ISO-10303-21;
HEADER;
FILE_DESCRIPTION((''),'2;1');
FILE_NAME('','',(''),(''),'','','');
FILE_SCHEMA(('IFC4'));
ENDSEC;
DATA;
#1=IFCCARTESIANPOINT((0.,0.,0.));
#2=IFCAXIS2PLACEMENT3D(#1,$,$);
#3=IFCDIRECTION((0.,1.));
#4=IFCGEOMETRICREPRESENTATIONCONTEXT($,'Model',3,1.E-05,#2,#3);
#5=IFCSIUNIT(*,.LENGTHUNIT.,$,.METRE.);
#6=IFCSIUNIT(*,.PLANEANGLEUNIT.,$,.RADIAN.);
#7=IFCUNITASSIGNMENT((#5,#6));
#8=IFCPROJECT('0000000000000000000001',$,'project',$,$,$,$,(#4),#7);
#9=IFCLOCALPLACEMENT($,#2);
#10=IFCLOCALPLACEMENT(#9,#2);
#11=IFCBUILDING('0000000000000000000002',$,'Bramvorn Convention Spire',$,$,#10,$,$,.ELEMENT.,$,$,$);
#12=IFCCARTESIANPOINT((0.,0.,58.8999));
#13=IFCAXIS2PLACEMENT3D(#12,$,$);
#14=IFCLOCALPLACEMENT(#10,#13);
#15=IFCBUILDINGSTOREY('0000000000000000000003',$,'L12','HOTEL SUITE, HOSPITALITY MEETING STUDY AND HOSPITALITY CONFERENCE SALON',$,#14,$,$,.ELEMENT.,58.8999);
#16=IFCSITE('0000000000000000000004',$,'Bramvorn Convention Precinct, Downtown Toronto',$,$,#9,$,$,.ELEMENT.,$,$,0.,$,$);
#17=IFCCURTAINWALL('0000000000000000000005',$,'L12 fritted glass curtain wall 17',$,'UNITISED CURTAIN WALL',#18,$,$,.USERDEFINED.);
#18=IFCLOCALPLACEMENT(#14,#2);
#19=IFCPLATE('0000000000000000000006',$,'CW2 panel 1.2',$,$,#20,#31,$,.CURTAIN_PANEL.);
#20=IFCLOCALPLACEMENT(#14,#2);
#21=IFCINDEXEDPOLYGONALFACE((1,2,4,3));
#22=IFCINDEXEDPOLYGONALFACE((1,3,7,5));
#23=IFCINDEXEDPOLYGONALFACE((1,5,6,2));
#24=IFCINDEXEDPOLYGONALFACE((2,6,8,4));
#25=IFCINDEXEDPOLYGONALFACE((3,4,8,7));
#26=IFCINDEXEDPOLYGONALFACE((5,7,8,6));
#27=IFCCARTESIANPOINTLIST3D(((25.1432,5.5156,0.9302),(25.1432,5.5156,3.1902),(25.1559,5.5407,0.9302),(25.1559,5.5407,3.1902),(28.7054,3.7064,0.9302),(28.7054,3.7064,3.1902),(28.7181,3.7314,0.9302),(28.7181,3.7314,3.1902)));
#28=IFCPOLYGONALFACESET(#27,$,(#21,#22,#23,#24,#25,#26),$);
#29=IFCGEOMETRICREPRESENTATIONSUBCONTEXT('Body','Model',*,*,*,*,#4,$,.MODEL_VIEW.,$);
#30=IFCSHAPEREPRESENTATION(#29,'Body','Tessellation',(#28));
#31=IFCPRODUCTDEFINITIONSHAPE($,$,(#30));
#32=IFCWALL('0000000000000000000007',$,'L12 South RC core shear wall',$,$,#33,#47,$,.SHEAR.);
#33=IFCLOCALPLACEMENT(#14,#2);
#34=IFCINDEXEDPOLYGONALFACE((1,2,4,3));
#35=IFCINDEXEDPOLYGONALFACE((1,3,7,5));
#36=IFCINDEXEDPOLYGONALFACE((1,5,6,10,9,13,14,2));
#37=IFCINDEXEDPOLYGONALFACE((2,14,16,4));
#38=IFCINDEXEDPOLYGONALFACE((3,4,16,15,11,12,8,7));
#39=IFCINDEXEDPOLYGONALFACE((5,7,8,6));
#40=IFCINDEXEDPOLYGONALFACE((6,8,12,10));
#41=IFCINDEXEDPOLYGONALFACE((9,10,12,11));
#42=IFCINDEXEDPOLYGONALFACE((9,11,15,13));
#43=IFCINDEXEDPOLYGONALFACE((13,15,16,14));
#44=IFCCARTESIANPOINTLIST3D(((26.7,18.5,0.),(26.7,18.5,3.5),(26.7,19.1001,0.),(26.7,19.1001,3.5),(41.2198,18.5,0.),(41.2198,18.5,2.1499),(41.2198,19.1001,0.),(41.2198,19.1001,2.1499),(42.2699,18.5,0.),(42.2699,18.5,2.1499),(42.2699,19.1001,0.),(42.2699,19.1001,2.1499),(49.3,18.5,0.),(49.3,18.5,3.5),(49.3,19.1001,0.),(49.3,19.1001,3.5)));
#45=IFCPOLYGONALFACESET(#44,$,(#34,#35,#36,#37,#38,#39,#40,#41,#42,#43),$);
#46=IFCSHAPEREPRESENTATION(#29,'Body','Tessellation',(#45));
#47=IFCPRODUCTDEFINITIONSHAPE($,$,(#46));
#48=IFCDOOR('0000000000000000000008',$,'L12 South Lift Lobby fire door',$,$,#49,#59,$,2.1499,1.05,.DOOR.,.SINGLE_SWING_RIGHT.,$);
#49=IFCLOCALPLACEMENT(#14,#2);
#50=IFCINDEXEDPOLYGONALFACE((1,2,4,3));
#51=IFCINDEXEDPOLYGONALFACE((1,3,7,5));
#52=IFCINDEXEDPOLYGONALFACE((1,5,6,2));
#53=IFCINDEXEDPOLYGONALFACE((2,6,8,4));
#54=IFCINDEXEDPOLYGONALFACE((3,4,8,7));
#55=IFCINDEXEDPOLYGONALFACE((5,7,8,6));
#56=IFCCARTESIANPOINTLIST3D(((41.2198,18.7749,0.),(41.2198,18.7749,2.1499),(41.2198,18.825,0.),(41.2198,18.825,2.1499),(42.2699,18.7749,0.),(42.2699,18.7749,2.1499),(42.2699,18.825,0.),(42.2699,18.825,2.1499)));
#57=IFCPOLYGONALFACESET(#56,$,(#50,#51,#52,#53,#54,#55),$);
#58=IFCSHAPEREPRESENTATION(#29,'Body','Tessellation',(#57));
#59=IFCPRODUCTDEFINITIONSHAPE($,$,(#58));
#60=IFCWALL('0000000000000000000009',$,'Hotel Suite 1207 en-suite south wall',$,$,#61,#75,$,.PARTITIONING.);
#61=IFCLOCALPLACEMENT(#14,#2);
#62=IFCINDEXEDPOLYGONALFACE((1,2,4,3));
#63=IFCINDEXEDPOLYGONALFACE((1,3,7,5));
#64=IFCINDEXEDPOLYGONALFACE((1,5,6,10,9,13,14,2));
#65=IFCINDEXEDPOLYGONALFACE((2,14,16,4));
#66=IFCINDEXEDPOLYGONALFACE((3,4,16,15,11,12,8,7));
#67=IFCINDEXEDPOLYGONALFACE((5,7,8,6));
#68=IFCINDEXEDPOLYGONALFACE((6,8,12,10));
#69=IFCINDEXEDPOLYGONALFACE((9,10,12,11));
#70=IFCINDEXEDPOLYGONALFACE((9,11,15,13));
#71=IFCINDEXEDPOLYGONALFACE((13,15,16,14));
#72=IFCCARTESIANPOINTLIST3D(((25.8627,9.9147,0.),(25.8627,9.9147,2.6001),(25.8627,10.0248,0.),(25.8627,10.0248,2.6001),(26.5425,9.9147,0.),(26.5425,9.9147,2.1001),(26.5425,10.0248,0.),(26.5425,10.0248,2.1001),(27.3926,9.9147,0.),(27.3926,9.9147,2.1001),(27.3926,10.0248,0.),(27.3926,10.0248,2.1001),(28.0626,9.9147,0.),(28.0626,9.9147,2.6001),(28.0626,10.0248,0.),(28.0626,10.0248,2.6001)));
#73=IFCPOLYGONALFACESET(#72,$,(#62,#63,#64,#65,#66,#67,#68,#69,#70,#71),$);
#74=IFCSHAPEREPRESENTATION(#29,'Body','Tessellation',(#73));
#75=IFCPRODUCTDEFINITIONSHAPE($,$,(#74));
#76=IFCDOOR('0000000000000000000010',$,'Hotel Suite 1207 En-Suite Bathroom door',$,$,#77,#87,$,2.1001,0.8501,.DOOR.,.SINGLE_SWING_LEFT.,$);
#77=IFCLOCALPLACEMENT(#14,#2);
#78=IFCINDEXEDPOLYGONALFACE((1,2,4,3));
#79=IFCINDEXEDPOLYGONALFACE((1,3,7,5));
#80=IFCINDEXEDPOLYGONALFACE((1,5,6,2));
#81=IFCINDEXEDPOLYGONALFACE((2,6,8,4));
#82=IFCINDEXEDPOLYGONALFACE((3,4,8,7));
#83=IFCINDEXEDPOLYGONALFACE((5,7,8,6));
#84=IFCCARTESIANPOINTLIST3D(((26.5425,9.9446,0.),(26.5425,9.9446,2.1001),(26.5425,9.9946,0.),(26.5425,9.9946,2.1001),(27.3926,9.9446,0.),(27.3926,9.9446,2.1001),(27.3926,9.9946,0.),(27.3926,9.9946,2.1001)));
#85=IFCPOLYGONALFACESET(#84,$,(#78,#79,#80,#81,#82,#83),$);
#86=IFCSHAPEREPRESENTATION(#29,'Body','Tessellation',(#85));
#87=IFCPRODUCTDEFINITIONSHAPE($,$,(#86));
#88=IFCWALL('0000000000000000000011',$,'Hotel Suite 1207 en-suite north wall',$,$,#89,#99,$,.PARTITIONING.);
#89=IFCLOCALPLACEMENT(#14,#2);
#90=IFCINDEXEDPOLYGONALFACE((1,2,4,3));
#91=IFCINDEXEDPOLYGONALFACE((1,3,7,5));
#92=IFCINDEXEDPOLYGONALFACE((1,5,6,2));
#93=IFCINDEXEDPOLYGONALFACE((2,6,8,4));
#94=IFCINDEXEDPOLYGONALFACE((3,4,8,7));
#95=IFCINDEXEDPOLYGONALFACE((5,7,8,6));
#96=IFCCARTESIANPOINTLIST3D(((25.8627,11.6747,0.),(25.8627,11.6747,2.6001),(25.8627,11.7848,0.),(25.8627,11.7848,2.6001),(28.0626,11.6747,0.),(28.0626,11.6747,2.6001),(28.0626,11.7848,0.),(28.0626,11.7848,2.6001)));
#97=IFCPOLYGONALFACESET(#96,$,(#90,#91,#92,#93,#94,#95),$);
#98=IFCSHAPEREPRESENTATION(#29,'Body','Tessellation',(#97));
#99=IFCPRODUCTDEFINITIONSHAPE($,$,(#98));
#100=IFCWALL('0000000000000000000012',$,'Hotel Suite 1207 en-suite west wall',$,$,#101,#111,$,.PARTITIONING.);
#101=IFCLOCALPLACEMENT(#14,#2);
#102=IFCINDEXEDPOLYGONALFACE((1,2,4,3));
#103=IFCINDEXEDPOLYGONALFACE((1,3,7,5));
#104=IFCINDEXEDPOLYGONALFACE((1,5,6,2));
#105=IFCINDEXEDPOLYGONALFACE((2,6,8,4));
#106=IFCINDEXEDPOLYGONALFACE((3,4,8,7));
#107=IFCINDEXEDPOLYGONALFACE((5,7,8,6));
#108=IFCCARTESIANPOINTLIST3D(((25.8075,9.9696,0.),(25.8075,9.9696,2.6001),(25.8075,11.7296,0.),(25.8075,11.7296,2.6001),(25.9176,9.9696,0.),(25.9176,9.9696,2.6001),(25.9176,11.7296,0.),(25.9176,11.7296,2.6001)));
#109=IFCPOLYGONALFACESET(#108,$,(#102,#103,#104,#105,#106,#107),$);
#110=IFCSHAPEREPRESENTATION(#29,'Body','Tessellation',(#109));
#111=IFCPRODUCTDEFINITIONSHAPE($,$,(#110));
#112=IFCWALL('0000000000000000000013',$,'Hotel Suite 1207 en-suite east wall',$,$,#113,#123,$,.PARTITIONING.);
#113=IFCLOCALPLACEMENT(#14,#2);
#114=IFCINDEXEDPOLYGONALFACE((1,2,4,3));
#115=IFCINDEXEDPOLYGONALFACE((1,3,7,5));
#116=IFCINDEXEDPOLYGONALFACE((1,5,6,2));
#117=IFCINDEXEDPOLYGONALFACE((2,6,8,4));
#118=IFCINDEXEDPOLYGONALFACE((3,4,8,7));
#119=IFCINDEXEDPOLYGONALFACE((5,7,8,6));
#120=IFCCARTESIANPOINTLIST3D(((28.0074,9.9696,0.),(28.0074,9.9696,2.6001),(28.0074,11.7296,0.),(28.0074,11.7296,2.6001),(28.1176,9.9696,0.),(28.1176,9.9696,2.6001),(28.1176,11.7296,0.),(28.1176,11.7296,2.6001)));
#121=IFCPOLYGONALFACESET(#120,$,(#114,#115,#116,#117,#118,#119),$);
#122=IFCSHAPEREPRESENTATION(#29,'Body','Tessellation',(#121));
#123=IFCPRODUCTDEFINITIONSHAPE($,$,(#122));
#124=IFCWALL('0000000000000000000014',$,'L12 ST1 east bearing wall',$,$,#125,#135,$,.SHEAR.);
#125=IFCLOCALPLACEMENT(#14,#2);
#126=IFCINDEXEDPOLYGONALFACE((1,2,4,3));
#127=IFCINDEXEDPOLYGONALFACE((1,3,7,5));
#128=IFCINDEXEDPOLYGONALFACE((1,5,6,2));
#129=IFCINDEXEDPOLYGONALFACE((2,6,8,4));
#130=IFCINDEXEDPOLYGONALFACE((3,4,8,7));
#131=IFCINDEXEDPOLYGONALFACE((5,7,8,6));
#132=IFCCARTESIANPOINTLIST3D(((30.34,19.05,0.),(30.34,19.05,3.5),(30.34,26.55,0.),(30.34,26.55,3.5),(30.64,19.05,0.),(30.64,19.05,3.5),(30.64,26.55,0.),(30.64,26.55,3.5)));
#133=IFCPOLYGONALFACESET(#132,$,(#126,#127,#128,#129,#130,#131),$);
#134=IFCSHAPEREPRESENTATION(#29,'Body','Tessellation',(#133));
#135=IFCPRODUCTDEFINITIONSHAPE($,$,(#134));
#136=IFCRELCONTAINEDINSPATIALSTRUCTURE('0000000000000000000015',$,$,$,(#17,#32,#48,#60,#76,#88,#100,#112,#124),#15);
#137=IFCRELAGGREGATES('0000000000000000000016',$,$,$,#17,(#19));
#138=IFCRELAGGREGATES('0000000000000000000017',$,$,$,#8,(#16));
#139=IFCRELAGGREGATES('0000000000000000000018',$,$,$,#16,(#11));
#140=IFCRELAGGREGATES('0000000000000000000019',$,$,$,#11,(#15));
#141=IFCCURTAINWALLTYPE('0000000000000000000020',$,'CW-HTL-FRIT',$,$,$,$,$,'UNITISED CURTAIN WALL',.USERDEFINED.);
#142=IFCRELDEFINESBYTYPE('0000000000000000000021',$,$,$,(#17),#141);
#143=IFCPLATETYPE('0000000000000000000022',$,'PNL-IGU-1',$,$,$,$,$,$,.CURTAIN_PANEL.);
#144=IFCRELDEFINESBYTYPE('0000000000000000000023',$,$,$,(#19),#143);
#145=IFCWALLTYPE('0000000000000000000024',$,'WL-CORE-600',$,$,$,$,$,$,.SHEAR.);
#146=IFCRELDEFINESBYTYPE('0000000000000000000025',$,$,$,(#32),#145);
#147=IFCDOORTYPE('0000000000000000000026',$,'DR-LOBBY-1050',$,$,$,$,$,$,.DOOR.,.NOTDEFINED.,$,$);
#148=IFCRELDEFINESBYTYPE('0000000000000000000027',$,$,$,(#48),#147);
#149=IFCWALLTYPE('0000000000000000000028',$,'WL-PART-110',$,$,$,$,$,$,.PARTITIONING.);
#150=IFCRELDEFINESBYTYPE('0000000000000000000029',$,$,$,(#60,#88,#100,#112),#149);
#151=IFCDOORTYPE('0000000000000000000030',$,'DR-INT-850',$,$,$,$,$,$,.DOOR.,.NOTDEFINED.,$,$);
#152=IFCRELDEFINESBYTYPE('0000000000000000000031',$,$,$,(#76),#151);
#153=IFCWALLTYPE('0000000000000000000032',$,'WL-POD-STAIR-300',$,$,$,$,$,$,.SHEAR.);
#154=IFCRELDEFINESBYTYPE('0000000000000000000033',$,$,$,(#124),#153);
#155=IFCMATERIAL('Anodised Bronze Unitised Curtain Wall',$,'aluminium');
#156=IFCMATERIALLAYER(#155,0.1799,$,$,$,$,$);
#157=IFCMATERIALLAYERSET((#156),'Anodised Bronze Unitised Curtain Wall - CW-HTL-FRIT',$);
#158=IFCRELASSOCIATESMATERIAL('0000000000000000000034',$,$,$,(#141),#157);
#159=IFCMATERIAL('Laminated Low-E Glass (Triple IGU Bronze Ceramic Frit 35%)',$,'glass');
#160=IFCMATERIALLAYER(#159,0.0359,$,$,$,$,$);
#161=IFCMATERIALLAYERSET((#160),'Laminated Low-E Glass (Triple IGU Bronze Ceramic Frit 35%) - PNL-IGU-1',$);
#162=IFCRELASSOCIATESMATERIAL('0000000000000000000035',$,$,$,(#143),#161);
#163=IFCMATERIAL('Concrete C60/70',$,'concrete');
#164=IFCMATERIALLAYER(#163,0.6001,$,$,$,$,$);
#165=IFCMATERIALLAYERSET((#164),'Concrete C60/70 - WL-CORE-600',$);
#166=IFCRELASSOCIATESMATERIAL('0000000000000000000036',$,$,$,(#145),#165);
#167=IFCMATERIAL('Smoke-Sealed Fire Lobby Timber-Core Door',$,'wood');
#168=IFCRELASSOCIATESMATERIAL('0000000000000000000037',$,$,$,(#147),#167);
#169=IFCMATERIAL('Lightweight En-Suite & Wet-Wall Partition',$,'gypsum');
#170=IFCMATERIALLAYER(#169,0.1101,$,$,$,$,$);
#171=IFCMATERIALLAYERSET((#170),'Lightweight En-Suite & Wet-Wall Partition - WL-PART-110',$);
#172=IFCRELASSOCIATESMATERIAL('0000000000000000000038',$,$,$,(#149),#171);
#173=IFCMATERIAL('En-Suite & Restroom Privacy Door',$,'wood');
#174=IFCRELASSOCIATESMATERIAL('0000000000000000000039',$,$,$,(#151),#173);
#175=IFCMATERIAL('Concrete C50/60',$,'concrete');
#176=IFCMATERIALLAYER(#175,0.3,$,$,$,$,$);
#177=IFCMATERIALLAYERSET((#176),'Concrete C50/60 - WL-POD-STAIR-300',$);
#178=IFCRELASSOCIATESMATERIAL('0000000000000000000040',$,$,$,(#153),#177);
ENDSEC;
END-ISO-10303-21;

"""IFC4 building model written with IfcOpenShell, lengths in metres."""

from ifc_helpers import new_model, si_unit, direction, frame, frame_2d, origin, origin_2d, place, context, subcontext, project, spatial, rectangle, extrude, material, layer, layer_set, type_object, element, fill, aggregate, save


model = new_model("IFC4")

# Units and contexts
model_context = context("Model", 3, precision=1e-05, world=origin(), true_north=direction((0.0, 1.0)))
body_context = subcontext(model_context, "Body", "Model", "MODEL_VIEW")
ifc_project = project(units=[si_unit("LENGTHUNIT", "METRE"), si_unit("PLANEANGLEUNIT", "RADIAN")], contexts=[model_context])

# Site, building, storey
site_placement = place(None, origin())
site = spatial("IfcSite", under=ifc_project, at=site_placement, Name="Bramvorn Convention Precinct, Downtown Toronto", CompositionType="ELEMENT", RefElevation=0.0)
building_placement = place(site_placement, origin())
building = spatial("IfcBuilding", under=site, at=building_placement, Name="Bramvorn Convention Spire", CompositionType="ELEMENT")
storey_placement = place(building_placement, frame((0.0, 0.0, 58.8999)))
storey = spatial("IfcBuildingStorey", under=building, at=storey_placement, Name="L12", Description="HOTEL SUITE, HOSPITALITY MEETING STUDY AND HOSPITALITY CONFERENCE SALON", CompositionType="ELEMENT", Elevation=58.8999)

# Curtain wall, plate
ifc_material_1 = material(Name="Anodised Bronze Unitised Curtain Wall", Category="aluminium")
ifc_layer_1 = layer(ifc_material_1, 0.1799)
ifc_layer_set_1 = layer_set([ifc_layer_1], Name="Anodised Bronze Unitised Curtain Wall - CW-HTL-FRIT")
curtain_wall_type = type_object("IfcCurtainWallType", Name="CW-HTL-FRIT", ElementType="UNITISED CURTAIN WALL", PredefinedType="USERDEFINED", material=ifc_layer_set_1)
curtain_wall_placement = place(storey_placement, origin())
curtain_wall = element("IfcCurtainWall", 1, at=curtain_wall_placement, inside=storey, type_object=curtain_wall_type, Name="L12 fritted glass curtain wall 17", ObjectType="UNITISED CURTAIN WALL", PredefinedType="USERDEFINED")
ifc_material_2 = material(Name="Laminated Low-E Glass (Triple IGU Bronze Ceramic Frit 35%)", Category="glass")
ifc_layer_2 = layer(ifc_material_2, 0.0359)
ifc_layer_set_2 = layer_set([ifc_layer_2], Name="Laminated Low-E Glass (Triple IGU Bronze Ceramic Frit 35%) - PNL-IGU-1")
plate_type = type_object("IfcPlateType", Name="PNL-IGU-1", PredefinedType="CURTAIN_PANEL", material=ifc_layer_set_2)
plate_1_placement = place(storey_placement, frame((26.9307, 4.6235, 0.9302), z_axis=(0.0, 0.0, 1.0), x_axis=(-0.891595, 0.452835, 0.0)))
plate_1 = element("IfcPlate", 2, at=plate_1_placement, type_object=plate_type, Name="CW2 panel 1.2", PredefinedType="CURTAIN_PANEL", context=body_context, shape_type="SweptSolid", body=[
    extrude(rectangle(XDim=3.9954, YDim=0.0281, at=origin_2d()), origin(), (0.0, 0.0, 1.0), 2.26),
])
aggregate(curtain_wall, [plate_1])

# Walls, openings, doors
ifc_material_3 = material(Name="Concrete C60/70", Category="concrete")
ifc_layer_3 = layer(ifc_material_3, 0.6001)
ifc_layer_set_3 = layer_set([ifc_layer_3], Name="Concrete C60/70 - WL-CORE-600")
wall_type_1 = type_object("IfcWallType", Name="WL-CORE-600", PredefinedType="SHEAR", material=ifc_layer_set_3)
wall_1_placement = place(storey_placement, frame((26.7, 18.8, 0.0), z_axis=(0.0, 0.0, 1.0), x_axis=(1.0, 0.0, 0.0)))
wall_1 = element("IfcWall", 3, at=wall_1_placement, inside=storey, type_object=wall_type_1, Name="L12 South RC core shear wall", PredefinedType="SHEAR", context=body_context, shape_type="SweptSolid", body=[
    extrude(rectangle(XDim=22.6001, YDim=0.6001, at=frame_2d((11.3, 0.0))), origin(), (0.0, 0.0, 1.0), 3.5),
])
opening_1_placement = place(wall_1_placement, frame((14.52, 0.0, 0.0)))
opening_1 = element("IfcOpeningElement", 4, at=opening_1_placement, cuts=wall_1, PredefinedType="OPENING", context=body_context, shape_type="SweptSolid", body=[
    extrude(rectangle(XDim=1.05, YDim=2.1499, at=frame_2d((0.5249, 1.075))), frame((0.0, 0.3101, 0.0), z_axis=(0.0, -1.0, 0.0), x_axis=(1.0, 0.0, 0.0)), (0.0, 0.0, 1.0), 0.6201),
])
ifc_material_4 = material(Name="Smoke-Sealed Fire Lobby Timber-Core Door", Category="wood")
door_type_1 = type_object("IfcDoorType", Name="DR-LOBBY-1050", OperationType="NOTDEFINED", PredefinedType="DOOR", material=ifc_material_4)
door_1_placement = place(opening_1_placement, origin())
door_1 = element("IfcDoor", 5, at=door_1_placement, inside=storey, type_object=door_type_1, Name="L12 South Lift Lobby fire door", OperationType="SINGLE_SWING_RIGHT", OverallHeight=2.1499, OverallWidth=1.05, PredefinedType="DOOR", context=body_context, shape_type="SweptSolid", body=[
    extrude(rectangle(XDim=1.05, YDim=2.1499, at=frame_2d((0.5249, 1.075))), frame((0.0, 0.0249, 0.0), z_axis=(0.0, -1.0, 0.0), x_axis=(1.0, 0.0, 0.0)), (0.0, 0.0, 1.0), 0.05),
])
fill(opening_1, door_1)
ifc_material_5 = material(Name="Lightweight En-Suite & Wet-Wall Partition", Category="gypsum")
ifc_layer_4 = layer(ifc_material_5, 0.1101)
ifc_layer_set_4 = layer_set([ifc_layer_4], Name="Lightweight En-Suite & Wet-Wall Partition - WL-PART-110")
wall_type_2 = type_object("IfcWallType", Name="WL-PART-110", PredefinedType="PARTITIONING", material=ifc_layer_set_4)
wall_2_placement = place(storey_placement, frame((25.8625, 9.9697, 0.0), z_axis=(0.0, 0.0, 1.0), x_axis=(1.0, 0.0, 0.0)))
wall_2 = element("IfcWall", 6, at=wall_2_placement, inside=storey, type_object=wall_type_2, Name="Hotel Suite 1207 en-suite south wall", PredefinedType="PARTITIONING", context=body_context, shape_type="SweptSolid", body=[
    extrude(rectangle(XDim=2.2, YDim=0.1101, at=frame_2d((1.1001, 0.0))), origin(), (0.0, 0.0, 1.0), 2.6001),
])
opening_2_placement = place(wall_2_placement, frame((0.6799, 0.0, 0.0)))
opening_2 = element("IfcOpeningElement", 7, at=opening_2_placement, cuts=wall_2, PredefinedType="OPENING", context=body_context, shape_type="SweptSolid", body=[
    extrude(rectangle(XDim=0.8501, YDim=2.1001, at=frame_2d((0.425, 1.05))), frame((0.0, 0.0649, 0.0), z_axis=(0.0, -1.0, 0.0), x_axis=(1.0, 0.0, 0.0)), (0.0, 0.0, 1.0), 0.1301),
])
ifc_material_6 = material(Name="En-Suite & Restroom Privacy Door", Category="wood")
door_type_2 = type_object("IfcDoorType", Name="DR-INT-850", OperationType="NOTDEFINED", PredefinedType="DOOR", material=ifc_material_6)
door_2_placement = place(opening_2_placement, origin())
door_2 = element("IfcDoor", 8, at=door_2_placement, inside=storey, type_object=door_type_2, Name="Hotel Suite 1207 En-Suite Bathroom door", OperationType="SINGLE_SWING_LEFT", OverallHeight=2.1001, OverallWidth=0.8501, PredefinedType="DOOR", context=body_context, shape_type="SweptSolid", body=[
    extrude(rectangle(XDim=0.8501, YDim=2.1001, at=frame_2d((0.425, 1.05))), frame((0.0, 0.0249, 0.0), z_axis=(0.0, -1.0, 0.0), x_axis=(1.0, 0.0, 0.0)), (0.0, 0.0, 1.0), 0.05),
])
fill(opening_2, door_2)

# Walls
wall_3_placement = place(storey_placement, frame((25.8625, 11.7297, 0.0), z_axis=(0.0, 0.0, 1.0), x_axis=(1.0, 0.0, 0.0)))
element("IfcWall", 9, at=wall_3_placement, inside=storey, type_object=wall_type_2, Name="Hotel Suite 1207 en-suite north wall", PredefinedType="PARTITIONING", context=body_context, shape_type="SweptSolid", body=[
    extrude(rectangle(XDim=2.2, YDim=0.1101, at=frame_2d((1.1001, 0.0))), origin(), (0.0, 0.0, 1.0), 2.6001),
])
for number, where, z_axis, x_axis, name in (
    (10, (25.8625, 9.9697, 0.0), (0.0, 0.0, 1.0), (0.0, 1.0, 0.0), "Hotel Suite 1207 en-suite west wall"),
    (11, (28.0625, 9.9697, 0.0), (0.0, 0.0, 1.0), (0.0, 1.0, 0.0), "Hotel Suite 1207 en-suite east wall"),
):
    element("IfcWall", number, at=place(storey_placement, frame(where, z_axis=z_axis, x_axis=x_axis)), inside=storey, type_object=wall_type_2, Name=name, PredefinedType="PARTITIONING", context=body_context, shape_type="SweptSolid", body=[
        extrude(rectangle(XDim=1.76, YDim=0.1101, at=frame_2d((0.8799, 0.0))), origin(), (0.0, 0.0, 1.0), 2.6001),
    ])
ifc_material_7 = material(Name="Concrete C50/60", Category="concrete")
ifc_layer_5 = layer(ifc_material_7, 0.3)
ifc_layer_set_5 = layer_set([ifc_layer_5], Name="Concrete C50/60 - WL-POD-STAIR-300")
wall_type_3 = type_object("IfcWallType", Name="WL-POD-STAIR-300", PredefinedType="SHEAR", material=ifc_layer_set_5)
wall_4_placement = place(storey_placement, frame((30.49, 19.05, 0.0), z_axis=(0.0, 0.0, 1.0), x_axis=(0.0, 1.0, 0.0)))
element("IfcWall", 12, at=wall_4_placement, inside=storey, type_object=wall_type_3, Name="L12 ST1 east bearing wall", PredefinedType="SHEAR", context=body_context, shape_type="SweptSolid", body=[
    extrude(rectangle(XDim=7.5, YDim=0.3, at=frame_2d((3.75, 0.0))), origin(), (0.0, 0.0, 1.0), 3.5),
])

save(model, "model.ifc")
